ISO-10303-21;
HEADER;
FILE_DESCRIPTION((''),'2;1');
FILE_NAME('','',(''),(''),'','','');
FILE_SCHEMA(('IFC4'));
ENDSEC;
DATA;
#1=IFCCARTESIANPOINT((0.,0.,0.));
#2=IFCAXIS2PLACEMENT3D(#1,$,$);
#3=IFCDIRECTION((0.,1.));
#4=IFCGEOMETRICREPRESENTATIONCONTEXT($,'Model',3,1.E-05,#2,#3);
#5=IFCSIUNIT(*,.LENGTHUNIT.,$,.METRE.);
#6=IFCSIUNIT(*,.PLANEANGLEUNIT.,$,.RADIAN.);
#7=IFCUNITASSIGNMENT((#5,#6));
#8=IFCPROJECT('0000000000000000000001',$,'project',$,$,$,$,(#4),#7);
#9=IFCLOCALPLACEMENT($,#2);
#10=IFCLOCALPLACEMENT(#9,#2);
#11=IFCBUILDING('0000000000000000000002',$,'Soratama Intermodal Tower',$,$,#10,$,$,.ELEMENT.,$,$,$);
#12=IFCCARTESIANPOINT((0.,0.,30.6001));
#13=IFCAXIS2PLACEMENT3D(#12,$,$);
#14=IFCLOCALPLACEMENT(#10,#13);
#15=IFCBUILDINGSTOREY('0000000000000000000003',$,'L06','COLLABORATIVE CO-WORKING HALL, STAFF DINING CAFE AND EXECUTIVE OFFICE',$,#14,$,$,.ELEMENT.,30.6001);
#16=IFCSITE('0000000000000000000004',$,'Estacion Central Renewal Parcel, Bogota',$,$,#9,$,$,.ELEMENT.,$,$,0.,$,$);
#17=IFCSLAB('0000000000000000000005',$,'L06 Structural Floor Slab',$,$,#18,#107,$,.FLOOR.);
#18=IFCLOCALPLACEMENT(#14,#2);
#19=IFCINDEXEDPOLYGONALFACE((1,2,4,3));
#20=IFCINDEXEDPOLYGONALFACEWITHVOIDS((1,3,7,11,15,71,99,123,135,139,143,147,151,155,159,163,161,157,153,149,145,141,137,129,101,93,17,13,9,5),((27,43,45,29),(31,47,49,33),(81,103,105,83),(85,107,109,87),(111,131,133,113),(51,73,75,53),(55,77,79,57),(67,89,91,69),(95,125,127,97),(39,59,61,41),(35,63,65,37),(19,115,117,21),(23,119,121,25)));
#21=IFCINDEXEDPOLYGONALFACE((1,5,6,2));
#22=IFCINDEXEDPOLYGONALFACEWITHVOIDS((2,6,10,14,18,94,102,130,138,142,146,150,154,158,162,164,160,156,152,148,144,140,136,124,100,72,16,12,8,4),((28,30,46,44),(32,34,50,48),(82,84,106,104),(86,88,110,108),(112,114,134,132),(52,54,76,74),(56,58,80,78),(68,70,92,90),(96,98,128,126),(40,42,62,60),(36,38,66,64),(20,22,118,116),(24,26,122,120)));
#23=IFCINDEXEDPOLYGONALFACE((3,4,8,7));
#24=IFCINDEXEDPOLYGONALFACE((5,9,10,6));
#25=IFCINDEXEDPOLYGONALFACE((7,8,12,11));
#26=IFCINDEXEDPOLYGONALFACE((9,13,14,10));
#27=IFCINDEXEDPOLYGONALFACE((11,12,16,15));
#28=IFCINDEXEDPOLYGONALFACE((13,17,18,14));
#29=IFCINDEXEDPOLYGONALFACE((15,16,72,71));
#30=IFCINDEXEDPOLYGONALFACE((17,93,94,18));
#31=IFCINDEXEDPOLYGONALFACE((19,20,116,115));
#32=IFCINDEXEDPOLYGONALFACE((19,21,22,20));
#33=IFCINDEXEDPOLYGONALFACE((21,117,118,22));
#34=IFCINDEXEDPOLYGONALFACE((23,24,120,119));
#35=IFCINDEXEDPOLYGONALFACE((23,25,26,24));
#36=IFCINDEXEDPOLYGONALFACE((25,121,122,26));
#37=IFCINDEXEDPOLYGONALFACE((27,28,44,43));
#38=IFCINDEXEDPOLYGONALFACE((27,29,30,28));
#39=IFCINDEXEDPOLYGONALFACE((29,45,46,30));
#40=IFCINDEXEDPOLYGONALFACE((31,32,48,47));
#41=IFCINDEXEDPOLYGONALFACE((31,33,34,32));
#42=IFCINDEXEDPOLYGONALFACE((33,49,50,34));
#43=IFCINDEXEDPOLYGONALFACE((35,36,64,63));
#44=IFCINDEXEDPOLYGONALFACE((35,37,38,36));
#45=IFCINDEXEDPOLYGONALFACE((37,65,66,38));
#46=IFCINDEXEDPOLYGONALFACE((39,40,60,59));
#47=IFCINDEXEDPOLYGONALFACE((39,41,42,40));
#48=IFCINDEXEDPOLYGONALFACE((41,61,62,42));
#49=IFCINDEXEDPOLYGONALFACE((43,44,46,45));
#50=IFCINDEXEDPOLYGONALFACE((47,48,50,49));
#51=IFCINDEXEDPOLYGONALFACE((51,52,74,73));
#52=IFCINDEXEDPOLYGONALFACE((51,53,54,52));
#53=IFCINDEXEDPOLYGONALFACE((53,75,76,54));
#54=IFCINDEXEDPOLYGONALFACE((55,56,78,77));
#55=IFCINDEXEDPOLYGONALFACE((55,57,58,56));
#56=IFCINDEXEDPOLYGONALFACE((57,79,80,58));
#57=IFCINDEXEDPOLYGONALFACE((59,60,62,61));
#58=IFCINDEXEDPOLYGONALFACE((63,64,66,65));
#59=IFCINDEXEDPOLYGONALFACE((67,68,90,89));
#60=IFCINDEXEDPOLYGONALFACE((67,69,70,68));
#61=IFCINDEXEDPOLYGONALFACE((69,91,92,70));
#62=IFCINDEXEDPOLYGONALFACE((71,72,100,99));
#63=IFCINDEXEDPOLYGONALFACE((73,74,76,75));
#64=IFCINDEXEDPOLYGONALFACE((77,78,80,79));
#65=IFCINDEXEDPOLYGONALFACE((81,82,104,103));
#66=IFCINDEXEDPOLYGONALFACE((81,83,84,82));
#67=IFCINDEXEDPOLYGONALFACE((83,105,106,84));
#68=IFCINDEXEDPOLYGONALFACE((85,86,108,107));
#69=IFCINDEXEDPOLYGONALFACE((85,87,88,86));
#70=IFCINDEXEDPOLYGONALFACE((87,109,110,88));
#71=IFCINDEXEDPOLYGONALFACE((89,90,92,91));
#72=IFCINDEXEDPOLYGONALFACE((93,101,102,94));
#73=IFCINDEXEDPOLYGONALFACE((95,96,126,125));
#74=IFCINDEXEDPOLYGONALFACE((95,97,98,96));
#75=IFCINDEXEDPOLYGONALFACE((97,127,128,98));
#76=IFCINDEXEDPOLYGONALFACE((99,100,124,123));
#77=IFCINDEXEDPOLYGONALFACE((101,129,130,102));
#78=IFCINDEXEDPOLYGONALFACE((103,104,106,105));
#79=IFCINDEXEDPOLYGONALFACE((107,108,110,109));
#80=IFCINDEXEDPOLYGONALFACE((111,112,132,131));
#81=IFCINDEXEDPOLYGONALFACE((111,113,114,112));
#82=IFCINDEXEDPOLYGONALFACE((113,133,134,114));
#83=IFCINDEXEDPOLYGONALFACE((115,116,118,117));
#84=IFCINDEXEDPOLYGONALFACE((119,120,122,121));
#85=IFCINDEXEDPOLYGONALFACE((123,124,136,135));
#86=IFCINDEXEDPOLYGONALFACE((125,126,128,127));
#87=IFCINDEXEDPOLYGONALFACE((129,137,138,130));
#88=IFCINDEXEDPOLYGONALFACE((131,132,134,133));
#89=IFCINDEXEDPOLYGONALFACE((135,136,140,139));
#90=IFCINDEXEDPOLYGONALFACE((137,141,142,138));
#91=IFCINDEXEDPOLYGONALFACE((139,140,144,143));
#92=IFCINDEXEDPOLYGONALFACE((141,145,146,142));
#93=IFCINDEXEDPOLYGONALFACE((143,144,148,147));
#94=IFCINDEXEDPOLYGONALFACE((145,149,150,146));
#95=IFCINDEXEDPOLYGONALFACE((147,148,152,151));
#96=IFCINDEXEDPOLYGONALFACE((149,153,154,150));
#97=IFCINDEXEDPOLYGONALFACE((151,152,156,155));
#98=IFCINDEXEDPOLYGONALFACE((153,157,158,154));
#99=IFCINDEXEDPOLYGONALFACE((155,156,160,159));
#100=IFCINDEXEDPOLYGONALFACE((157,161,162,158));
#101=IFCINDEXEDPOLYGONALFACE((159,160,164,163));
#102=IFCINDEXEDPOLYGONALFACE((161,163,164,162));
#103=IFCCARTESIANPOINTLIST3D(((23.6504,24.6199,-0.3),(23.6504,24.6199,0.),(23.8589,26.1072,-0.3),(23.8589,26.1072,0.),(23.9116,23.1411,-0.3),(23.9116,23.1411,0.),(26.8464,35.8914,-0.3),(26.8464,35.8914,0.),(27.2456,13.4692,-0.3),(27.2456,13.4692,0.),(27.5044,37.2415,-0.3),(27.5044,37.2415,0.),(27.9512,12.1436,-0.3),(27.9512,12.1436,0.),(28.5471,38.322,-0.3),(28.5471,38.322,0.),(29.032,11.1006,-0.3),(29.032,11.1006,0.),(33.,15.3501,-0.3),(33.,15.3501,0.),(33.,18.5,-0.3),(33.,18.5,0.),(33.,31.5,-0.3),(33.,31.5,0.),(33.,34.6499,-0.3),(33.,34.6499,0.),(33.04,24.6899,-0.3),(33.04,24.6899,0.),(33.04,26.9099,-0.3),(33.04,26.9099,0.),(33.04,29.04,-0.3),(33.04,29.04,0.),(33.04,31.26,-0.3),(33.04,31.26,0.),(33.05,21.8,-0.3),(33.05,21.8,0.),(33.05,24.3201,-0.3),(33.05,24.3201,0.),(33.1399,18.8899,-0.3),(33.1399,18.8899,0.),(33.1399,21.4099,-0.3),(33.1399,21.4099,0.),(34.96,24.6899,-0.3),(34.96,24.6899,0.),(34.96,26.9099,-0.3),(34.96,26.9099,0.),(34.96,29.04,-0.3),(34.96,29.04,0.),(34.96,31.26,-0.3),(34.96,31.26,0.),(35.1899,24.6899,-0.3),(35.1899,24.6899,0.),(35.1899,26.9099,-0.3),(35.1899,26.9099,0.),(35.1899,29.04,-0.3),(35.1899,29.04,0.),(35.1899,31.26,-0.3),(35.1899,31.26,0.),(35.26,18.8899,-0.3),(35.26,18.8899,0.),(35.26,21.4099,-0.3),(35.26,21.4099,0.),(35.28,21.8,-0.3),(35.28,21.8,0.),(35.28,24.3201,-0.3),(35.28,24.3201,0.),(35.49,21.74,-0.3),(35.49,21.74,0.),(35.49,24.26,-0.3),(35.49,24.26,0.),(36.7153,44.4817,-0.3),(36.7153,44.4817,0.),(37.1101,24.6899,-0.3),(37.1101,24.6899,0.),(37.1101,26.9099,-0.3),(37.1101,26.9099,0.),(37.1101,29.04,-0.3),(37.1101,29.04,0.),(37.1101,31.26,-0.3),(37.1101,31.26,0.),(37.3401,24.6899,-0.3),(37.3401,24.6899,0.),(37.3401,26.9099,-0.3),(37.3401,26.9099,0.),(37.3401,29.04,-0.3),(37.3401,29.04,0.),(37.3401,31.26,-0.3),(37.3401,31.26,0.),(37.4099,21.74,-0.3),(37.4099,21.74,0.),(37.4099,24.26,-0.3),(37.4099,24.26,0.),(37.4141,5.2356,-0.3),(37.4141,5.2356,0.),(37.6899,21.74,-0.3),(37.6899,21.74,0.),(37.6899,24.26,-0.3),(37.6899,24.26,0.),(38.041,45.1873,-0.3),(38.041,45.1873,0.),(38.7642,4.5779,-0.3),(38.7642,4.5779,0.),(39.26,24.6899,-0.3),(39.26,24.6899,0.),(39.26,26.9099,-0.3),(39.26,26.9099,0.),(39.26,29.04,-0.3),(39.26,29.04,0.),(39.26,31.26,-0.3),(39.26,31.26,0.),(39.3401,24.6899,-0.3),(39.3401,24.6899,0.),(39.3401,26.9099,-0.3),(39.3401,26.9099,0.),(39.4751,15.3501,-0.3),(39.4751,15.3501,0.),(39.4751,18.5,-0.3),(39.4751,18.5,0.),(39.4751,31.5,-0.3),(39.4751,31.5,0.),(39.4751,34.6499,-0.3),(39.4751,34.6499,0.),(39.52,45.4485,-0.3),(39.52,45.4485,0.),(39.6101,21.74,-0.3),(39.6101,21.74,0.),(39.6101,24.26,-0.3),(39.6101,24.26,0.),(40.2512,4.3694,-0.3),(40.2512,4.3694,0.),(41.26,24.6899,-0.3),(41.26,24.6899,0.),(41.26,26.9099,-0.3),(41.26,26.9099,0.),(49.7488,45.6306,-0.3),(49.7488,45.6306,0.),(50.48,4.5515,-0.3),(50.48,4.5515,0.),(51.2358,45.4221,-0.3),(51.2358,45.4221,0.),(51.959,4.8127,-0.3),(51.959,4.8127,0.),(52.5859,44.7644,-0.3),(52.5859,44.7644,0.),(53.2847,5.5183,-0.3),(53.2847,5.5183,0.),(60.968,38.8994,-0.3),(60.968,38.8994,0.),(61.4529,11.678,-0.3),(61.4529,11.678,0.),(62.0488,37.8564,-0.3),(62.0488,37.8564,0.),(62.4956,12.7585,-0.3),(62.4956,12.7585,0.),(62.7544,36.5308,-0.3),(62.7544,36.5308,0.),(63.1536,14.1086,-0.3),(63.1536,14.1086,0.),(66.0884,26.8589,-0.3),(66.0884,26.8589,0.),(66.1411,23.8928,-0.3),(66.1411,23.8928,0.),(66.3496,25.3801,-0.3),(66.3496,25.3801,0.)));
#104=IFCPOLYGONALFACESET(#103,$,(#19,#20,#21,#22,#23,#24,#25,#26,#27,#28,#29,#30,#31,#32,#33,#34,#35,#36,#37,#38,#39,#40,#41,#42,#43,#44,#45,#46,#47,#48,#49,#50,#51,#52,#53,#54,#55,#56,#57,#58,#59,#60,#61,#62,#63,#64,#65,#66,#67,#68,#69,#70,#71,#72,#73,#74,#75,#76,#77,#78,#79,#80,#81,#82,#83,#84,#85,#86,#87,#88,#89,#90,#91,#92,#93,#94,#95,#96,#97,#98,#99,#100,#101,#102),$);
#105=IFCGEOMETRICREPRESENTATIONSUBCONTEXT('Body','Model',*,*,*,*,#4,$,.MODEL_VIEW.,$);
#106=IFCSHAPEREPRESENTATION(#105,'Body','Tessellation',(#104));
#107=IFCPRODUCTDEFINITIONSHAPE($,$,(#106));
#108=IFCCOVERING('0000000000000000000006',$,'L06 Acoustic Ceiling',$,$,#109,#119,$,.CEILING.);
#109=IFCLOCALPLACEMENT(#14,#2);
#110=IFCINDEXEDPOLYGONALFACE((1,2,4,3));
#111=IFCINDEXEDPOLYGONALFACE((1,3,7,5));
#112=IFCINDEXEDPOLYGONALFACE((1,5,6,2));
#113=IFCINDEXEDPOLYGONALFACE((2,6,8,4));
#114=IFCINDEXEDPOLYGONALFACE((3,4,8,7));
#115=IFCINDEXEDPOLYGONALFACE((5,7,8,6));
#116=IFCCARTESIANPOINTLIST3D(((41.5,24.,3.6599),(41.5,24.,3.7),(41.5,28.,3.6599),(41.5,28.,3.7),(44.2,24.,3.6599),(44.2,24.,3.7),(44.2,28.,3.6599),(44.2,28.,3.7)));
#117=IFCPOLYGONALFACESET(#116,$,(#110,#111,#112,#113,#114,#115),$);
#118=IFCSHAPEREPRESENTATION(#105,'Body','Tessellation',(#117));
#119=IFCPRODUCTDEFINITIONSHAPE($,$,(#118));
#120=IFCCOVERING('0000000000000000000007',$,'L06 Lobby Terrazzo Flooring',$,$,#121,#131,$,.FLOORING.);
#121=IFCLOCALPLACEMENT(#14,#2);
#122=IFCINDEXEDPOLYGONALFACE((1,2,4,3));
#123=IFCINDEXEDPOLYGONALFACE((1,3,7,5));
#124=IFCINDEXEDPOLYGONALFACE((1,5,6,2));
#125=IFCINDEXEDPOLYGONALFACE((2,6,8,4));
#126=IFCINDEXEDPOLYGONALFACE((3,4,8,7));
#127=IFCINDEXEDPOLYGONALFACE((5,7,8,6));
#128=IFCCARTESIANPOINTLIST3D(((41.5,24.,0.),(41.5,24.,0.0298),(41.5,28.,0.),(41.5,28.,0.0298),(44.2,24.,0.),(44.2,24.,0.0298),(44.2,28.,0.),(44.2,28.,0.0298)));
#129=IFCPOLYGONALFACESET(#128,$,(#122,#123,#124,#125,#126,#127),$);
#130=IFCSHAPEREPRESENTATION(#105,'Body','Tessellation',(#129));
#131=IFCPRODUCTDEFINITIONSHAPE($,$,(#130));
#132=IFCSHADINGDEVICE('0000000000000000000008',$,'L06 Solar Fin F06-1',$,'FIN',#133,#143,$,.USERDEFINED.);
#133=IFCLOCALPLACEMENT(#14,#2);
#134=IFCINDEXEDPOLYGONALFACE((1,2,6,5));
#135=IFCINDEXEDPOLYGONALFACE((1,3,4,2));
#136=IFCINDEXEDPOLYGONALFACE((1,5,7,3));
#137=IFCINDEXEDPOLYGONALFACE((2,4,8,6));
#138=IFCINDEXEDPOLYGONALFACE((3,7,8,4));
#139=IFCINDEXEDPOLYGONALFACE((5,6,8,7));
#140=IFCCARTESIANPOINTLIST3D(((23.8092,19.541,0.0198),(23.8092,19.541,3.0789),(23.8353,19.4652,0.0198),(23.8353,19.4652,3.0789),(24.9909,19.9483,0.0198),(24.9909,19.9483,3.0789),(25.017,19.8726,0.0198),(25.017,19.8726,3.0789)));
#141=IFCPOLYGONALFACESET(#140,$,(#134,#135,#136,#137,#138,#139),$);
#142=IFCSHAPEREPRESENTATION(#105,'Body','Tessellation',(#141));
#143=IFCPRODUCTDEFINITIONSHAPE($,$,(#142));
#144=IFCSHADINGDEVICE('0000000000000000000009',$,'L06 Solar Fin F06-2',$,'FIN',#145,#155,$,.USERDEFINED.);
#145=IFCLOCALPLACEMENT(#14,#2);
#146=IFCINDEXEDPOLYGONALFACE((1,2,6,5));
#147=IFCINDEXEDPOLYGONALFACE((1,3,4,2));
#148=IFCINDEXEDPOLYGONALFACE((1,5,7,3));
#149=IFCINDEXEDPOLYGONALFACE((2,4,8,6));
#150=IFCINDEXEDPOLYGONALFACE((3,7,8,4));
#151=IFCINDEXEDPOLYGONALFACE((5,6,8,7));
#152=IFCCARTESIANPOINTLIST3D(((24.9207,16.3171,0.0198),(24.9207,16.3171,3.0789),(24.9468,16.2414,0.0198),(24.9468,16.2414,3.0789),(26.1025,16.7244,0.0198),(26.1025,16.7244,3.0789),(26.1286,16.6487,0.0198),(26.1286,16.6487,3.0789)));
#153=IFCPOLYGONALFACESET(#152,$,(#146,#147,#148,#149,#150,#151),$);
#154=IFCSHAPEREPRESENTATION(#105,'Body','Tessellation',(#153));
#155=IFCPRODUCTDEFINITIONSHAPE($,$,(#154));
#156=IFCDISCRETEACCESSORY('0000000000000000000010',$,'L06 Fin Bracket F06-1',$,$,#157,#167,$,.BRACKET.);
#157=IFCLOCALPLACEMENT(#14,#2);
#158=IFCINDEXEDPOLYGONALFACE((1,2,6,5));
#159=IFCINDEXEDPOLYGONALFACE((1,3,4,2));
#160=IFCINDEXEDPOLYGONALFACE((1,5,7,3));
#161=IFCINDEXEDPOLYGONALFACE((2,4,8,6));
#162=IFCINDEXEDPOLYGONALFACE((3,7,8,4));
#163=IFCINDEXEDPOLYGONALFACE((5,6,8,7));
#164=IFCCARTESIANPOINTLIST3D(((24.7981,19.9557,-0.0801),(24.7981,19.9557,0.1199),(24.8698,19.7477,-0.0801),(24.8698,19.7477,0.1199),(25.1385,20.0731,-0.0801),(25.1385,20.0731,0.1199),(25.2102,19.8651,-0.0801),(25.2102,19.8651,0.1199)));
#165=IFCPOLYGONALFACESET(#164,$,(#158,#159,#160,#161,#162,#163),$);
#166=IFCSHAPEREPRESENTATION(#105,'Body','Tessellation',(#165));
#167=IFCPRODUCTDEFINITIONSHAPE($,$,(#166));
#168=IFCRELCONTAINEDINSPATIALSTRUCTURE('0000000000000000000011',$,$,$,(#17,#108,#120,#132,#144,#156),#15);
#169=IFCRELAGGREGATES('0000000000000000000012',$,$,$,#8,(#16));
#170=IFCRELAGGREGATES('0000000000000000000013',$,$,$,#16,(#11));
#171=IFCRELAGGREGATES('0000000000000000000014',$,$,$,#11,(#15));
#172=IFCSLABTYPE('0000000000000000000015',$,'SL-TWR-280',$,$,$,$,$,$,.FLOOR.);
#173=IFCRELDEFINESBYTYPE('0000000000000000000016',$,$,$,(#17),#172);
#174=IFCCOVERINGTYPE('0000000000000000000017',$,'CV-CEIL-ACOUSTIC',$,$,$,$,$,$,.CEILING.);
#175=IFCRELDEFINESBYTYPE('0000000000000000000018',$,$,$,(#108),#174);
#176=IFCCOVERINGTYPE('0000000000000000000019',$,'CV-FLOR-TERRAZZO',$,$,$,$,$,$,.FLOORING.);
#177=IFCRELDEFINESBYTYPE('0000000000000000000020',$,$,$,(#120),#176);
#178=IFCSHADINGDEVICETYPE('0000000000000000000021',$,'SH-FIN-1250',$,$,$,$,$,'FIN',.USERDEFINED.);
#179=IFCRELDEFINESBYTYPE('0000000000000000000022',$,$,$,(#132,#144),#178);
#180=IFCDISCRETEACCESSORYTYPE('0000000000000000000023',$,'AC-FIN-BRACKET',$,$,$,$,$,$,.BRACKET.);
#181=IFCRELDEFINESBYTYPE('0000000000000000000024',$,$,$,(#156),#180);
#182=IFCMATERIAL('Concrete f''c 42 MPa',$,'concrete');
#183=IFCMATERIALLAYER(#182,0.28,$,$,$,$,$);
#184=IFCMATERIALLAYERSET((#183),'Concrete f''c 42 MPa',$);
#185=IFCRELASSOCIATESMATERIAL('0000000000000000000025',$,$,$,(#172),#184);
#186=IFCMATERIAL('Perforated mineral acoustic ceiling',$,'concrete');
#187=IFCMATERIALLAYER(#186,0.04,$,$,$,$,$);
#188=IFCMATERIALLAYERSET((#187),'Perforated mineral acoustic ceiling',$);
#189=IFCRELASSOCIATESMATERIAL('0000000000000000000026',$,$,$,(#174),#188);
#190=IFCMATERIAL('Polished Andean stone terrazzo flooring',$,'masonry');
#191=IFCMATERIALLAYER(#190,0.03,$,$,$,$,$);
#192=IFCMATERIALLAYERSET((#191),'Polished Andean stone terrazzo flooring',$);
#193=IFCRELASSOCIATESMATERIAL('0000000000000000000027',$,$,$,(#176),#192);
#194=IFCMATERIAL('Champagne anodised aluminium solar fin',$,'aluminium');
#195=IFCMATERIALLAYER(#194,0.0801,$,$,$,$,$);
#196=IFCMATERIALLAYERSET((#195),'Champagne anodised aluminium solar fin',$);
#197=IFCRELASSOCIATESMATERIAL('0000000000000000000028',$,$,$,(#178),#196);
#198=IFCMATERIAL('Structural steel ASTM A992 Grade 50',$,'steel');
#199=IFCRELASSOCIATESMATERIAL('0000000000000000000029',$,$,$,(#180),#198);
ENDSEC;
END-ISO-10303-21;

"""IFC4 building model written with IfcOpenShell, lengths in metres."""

from ifc_helpers import new_model, si_unit, direction, frame, origin, origin_2d, place, context, subcontext, project, spatial, polyline, rectangle, outline, extrude, material, layer, layer_set, type_object, element, save


model = new_model("IFC4")

# Units and contexts
model_context = context("Model", 3, precision=1e-05, world=origin(), true_north=direction((0.0, 1.0)))
body_context = subcontext(model_context, "Body", "Model", "MODEL_VIEW")
ifc_project = project(units=[si_unit("LENGTHUNIT", "METRE"), si_unit("PLANEANGLEUNIT", "RADIAN")], contexts=[model_context])

# Site, building, storey
site_placement = place(None, origin())
site = spatial("IfcSite", under=ifc_project, at=site_placement, Name="Estacion Central Renewal Parcel, Bogota", CompositionType="ELEMENT", RefElevation=0.0)
building_placement = place(site_placement, origin())
building = spatial("IfcBuilding", under=site, at=building_placement, Name="Soratama Intermodal Tower", CompositionType="ELEMENT")
storey_placement = place(building_placement, frame((0.0, 0.0, 30.6001)))
storey = spatial("IfcBuildingStorey", under=building, at=storey_placement, Name="L06", Description="COLLABORATIVE CO-WORKING HALL, STAFF DINING CAFE AND EXECUTIVE OFFICE", CompositionType="ELEMENT", Elevation=30.6001)

# Slab
ifc_material_1 = material(Name="Concrete f'c 42 MPa", Category="concrete")
ifc_layer_1 = layer(ifc_material_1, 0.28)
ifc_layer_set_1 = layer_set([ifc_layer_1], Name="Concrete f'c 42 MPa")
slab_type_1 = type_object("IfcSlabType", Name="SL-TWR-280", PredefinedType="FLOOR", material=ifc_layer_set_1)
slab_1_placement = place(storey_placement, frame((0.0, 0.0, -0.3)))
element("IfcSlab", 1, at=slab_1_placement, inside=storey, type_object=slab_type_1, Name="L06 Structural Floor Slab", PredefinedType="FLOOR", context=body_context, shape_type="SweptSolid", body=[
    extrude(outline(polyline([(66.1411, 23.8928), (66.3496, 25.3801), (66.0884, 26.8589), (62.7544, 36.5308), (62.0488, 37.8564), (60.968, 38.8994), (52.5859, 44.7644), (51.2358, 45.4221), (49.7488, 45.6306), (39.52, 45.4485), (38.041, 45.1873), (36.7153, 44.4817), (28.5471, 38.322), (27.5044, 37.2415), (26.8464, 35.8914), (23.8589, 26.1072), (23.6504, 24.6199), (23.9116, 23.1411), (27.2456, 13.4692), (27.9512, 12.1436), (29.032, 11.1006), (37.4141, 5.2356), (38.7642, 4.5779), (40.2512, 4.3694), (50.48, 4.5515), (51.959, 4.8127), (53.2847, 5.5183), (61.4529, 11.678), (62.4956, 12.7585), (63.1536, 14.1086), (66.1411, 23.8928)]), holes=[polyline([(33.0, 18.5), (33.0, 15.3501), (39.4751, 15.3501), (39.4751, 18.5), (33.0, 18.5)]), polyline([(35.26, 18.8899), (35.26, 21.4099), (33.1399, 21.4099), (33.1399, 18.8899), (35.26, 18.8899)]), polyline([(33.05, 21.8), (35.28, 21.8), (35.28, 24.3201), (33.05, 24.3201), (33.05, 21.8)]), polyline([(34.96, 26.9099), (33.04, 26.9099), (33.04, 24.6899), (34.96, 24.6899), (34.96, 26.9099)]), polyline([(37.1101, 24.6899), (37.1101, 26.9099), (35.1899, 26.9099), (35.1899, 24.6899), (37.1101, 24.6899)]), polyline([(34.96, 29.04), (34.96, 31.26), (33.04, 31.26), (33.04, 29.04), (34.96, 29.04)]), polyline([(37.1101, 31.26), (35.1899, 31.26), (35.1899, 29.04), (37.1101, 29.04), (37.1101, 31.26)]), polyline([(37.4099, 21.74), (37.4099, 24.26), (35.49, 24.26), (35.49, 21.74), (37.4099, 21.74)]), polyline([(39.6101, 21.74), (39.6101, 24.26), (37.6899, 24.26), (37.6899, 21.74), (39.6101, 21.74)]), polyline([(39.26, 24.6899), (39.26, 26.9099), (37.3401, 26.9099), (37.3401, 24.6899), (39.26, 24.6899)]), polyline([(41.26, 24.6899), (41.26, 26.9099), (39.3401, 26.9099), (39.3401, 24.6899), (41.26, 24.6899)]), polyline([(39.26, 29.04), (39.26, 31.26), (37.3401, 31.26), (37.3401, 29.04), (39.26, 29.04)]), polyline([(39.4751, 34.6499), (33.0, 34.6499), (33.0, 31.5), (39.4751, 31.5), (39.4751, 34.6499)])]), origin(), (0.0, 0.0, 1.0), 0.3),
])

# Coverings
ifc_material_2 = material(Name="Perforated mineral acoustic ceiling", Category="concrete")
ifc_layer_2 = layer(ifc_material_2, 0.04)
ifc_layer_set_2 = layer_set([ifc_layer_2], Name="Perforated mineral acoustic ceiling")
covering_type_1 = type_object("IfcCoveringType", Name="CV-CEIL-ACOUSTIC", PredefinedType="CEILING", material=ifc_layer_set_2)
covering_1_placement = place(storey_placement, frame((0.0, 0.0, 3.6599)))
element("IfcCovering", 2, at=covering_1_placement, inside=storey, type_object=covering_type_1, Name="L06 Acoustic Ceiling", PredefinedType="CEILING", context=body_context, shape_type="SweptSolid", body=[
    extrude(outline(polyline([(41.5, 24.0), (44.2, 24.0), (44.2, 28.0), (41.5, 28.0), (41.5, 24.0)])), origin(), (0.0, 0.0, 1.0), 0.04),
])
ifc_material_3 = material(Name="Polished Andean stone terrazzo flooring", Category="masonry")
ifc_layer_3 = layer(ifc_material_3, 0.03)
ifc_layer_set_3 = layer_set([ifc_layer_3], Name="Polished Andean stone terrazzo flooring")
covering_type_2 = type_object("IfcCoveringType", Name="CV-FLOR-TERRAZZO", PredefinedType="FLOORING", material=ifc_layer_set_3)
covering_2_placement = place(storey_placement, origin())
element("IfcCovering", 3, at=covering_2_placement, inside=storey, type_object=covering_type_2, Name="L06 Lobby Terrazzo Flooring", PredefinedType="FLOORING", context=body_context, shape_type="SweptSolid", body=[
    extrude(outline(polyline([(41.5, 24.0), (44.2, 24.0), (44.2, 28.0), (41.5, 28.0), (41.5, 24.0)])), origin(), (0.0, 0.0, 1.0), 0.0298),
])

# Shading devices
ifc_material_4 = material(Name="Champagne anodised aluminium solar fin", Category="aluminium")
ifc_layer_4 = layer(ifc_material_4, 0.0801)
ifc_layer_set_4 = layer_set([ifc_layer_4], Name="Champagne anodised aluminium solar fin")
shading_device_type = type_object("IfcShadingDeviceType", Name="SH-FIN-1250", ElementType="FIN", PredefinedType="USERDEFINED", material=ifc_layer_set_4)
for number, where, z_axis, x_axis, name in (
    (4, (24.4131, 19.7068, 0.0198), (0.0, 0.0, 1.0), (-0.945405, -0.325898, 0.0), "L06 Solar Fin F06-1"),
    (5, (25.5247, 16.4829, 0.0198), (0.0, 0.0, 1.0), (-0.945405, -0.325898, 0.0), "L06 Solar Fin F06-2"),
):
    element("IfcShadingDevice", number, at=place(storey_placement, frame(where, z_axis=z_axis, x_axis=x_axis)), inside=storey, type_object=shading_device_type, Name=name, ObjectType="FIN", PredefinedType="USERDEFINED", context=body_context, shape_type="SweptSolid", body=[
        extrude(rectangle(XDim=1.25, YDim=0.0801, at=origin_2d()), origin(), (0.0, 0.0, 1.0), 3.0591),
    ])

# Discrete accessory
ifc_material_5 = material(Name="Structural steel ASTM A992 Grade 50", Category="steel")
discrete_accessory_type_1 = type_object("IfcDiscreteAccessoryType", Name="AC-FIN-BRACKET", PredefinedType="BRACKET", material=ifc_material_5)
discrete_accessory_1_placement = place(storey_placement, frame((25.0042, 19.9104, -0.0801), z_axis=(0.0, 0.0, 1.0), x_axis=(-0.945405, -0.325898, 0.0)))
element("IfcDiscreteAccessory", 6, at=discrete_accessory_1_placement, inside=storey, type_object=discrete_accessory_type_1, Name="L06 Fin Bracket F06-1", PredefinedType="BRACKET", context=body_context, shape_type="SweptSolid", body=[
    extrude(rectangle(XDim=0.3601, YDim=0.22, at=origin_2d()), origin(), (0.0, 0.0, 1.0), 0.2),
])

save(model, "model.ifc")
